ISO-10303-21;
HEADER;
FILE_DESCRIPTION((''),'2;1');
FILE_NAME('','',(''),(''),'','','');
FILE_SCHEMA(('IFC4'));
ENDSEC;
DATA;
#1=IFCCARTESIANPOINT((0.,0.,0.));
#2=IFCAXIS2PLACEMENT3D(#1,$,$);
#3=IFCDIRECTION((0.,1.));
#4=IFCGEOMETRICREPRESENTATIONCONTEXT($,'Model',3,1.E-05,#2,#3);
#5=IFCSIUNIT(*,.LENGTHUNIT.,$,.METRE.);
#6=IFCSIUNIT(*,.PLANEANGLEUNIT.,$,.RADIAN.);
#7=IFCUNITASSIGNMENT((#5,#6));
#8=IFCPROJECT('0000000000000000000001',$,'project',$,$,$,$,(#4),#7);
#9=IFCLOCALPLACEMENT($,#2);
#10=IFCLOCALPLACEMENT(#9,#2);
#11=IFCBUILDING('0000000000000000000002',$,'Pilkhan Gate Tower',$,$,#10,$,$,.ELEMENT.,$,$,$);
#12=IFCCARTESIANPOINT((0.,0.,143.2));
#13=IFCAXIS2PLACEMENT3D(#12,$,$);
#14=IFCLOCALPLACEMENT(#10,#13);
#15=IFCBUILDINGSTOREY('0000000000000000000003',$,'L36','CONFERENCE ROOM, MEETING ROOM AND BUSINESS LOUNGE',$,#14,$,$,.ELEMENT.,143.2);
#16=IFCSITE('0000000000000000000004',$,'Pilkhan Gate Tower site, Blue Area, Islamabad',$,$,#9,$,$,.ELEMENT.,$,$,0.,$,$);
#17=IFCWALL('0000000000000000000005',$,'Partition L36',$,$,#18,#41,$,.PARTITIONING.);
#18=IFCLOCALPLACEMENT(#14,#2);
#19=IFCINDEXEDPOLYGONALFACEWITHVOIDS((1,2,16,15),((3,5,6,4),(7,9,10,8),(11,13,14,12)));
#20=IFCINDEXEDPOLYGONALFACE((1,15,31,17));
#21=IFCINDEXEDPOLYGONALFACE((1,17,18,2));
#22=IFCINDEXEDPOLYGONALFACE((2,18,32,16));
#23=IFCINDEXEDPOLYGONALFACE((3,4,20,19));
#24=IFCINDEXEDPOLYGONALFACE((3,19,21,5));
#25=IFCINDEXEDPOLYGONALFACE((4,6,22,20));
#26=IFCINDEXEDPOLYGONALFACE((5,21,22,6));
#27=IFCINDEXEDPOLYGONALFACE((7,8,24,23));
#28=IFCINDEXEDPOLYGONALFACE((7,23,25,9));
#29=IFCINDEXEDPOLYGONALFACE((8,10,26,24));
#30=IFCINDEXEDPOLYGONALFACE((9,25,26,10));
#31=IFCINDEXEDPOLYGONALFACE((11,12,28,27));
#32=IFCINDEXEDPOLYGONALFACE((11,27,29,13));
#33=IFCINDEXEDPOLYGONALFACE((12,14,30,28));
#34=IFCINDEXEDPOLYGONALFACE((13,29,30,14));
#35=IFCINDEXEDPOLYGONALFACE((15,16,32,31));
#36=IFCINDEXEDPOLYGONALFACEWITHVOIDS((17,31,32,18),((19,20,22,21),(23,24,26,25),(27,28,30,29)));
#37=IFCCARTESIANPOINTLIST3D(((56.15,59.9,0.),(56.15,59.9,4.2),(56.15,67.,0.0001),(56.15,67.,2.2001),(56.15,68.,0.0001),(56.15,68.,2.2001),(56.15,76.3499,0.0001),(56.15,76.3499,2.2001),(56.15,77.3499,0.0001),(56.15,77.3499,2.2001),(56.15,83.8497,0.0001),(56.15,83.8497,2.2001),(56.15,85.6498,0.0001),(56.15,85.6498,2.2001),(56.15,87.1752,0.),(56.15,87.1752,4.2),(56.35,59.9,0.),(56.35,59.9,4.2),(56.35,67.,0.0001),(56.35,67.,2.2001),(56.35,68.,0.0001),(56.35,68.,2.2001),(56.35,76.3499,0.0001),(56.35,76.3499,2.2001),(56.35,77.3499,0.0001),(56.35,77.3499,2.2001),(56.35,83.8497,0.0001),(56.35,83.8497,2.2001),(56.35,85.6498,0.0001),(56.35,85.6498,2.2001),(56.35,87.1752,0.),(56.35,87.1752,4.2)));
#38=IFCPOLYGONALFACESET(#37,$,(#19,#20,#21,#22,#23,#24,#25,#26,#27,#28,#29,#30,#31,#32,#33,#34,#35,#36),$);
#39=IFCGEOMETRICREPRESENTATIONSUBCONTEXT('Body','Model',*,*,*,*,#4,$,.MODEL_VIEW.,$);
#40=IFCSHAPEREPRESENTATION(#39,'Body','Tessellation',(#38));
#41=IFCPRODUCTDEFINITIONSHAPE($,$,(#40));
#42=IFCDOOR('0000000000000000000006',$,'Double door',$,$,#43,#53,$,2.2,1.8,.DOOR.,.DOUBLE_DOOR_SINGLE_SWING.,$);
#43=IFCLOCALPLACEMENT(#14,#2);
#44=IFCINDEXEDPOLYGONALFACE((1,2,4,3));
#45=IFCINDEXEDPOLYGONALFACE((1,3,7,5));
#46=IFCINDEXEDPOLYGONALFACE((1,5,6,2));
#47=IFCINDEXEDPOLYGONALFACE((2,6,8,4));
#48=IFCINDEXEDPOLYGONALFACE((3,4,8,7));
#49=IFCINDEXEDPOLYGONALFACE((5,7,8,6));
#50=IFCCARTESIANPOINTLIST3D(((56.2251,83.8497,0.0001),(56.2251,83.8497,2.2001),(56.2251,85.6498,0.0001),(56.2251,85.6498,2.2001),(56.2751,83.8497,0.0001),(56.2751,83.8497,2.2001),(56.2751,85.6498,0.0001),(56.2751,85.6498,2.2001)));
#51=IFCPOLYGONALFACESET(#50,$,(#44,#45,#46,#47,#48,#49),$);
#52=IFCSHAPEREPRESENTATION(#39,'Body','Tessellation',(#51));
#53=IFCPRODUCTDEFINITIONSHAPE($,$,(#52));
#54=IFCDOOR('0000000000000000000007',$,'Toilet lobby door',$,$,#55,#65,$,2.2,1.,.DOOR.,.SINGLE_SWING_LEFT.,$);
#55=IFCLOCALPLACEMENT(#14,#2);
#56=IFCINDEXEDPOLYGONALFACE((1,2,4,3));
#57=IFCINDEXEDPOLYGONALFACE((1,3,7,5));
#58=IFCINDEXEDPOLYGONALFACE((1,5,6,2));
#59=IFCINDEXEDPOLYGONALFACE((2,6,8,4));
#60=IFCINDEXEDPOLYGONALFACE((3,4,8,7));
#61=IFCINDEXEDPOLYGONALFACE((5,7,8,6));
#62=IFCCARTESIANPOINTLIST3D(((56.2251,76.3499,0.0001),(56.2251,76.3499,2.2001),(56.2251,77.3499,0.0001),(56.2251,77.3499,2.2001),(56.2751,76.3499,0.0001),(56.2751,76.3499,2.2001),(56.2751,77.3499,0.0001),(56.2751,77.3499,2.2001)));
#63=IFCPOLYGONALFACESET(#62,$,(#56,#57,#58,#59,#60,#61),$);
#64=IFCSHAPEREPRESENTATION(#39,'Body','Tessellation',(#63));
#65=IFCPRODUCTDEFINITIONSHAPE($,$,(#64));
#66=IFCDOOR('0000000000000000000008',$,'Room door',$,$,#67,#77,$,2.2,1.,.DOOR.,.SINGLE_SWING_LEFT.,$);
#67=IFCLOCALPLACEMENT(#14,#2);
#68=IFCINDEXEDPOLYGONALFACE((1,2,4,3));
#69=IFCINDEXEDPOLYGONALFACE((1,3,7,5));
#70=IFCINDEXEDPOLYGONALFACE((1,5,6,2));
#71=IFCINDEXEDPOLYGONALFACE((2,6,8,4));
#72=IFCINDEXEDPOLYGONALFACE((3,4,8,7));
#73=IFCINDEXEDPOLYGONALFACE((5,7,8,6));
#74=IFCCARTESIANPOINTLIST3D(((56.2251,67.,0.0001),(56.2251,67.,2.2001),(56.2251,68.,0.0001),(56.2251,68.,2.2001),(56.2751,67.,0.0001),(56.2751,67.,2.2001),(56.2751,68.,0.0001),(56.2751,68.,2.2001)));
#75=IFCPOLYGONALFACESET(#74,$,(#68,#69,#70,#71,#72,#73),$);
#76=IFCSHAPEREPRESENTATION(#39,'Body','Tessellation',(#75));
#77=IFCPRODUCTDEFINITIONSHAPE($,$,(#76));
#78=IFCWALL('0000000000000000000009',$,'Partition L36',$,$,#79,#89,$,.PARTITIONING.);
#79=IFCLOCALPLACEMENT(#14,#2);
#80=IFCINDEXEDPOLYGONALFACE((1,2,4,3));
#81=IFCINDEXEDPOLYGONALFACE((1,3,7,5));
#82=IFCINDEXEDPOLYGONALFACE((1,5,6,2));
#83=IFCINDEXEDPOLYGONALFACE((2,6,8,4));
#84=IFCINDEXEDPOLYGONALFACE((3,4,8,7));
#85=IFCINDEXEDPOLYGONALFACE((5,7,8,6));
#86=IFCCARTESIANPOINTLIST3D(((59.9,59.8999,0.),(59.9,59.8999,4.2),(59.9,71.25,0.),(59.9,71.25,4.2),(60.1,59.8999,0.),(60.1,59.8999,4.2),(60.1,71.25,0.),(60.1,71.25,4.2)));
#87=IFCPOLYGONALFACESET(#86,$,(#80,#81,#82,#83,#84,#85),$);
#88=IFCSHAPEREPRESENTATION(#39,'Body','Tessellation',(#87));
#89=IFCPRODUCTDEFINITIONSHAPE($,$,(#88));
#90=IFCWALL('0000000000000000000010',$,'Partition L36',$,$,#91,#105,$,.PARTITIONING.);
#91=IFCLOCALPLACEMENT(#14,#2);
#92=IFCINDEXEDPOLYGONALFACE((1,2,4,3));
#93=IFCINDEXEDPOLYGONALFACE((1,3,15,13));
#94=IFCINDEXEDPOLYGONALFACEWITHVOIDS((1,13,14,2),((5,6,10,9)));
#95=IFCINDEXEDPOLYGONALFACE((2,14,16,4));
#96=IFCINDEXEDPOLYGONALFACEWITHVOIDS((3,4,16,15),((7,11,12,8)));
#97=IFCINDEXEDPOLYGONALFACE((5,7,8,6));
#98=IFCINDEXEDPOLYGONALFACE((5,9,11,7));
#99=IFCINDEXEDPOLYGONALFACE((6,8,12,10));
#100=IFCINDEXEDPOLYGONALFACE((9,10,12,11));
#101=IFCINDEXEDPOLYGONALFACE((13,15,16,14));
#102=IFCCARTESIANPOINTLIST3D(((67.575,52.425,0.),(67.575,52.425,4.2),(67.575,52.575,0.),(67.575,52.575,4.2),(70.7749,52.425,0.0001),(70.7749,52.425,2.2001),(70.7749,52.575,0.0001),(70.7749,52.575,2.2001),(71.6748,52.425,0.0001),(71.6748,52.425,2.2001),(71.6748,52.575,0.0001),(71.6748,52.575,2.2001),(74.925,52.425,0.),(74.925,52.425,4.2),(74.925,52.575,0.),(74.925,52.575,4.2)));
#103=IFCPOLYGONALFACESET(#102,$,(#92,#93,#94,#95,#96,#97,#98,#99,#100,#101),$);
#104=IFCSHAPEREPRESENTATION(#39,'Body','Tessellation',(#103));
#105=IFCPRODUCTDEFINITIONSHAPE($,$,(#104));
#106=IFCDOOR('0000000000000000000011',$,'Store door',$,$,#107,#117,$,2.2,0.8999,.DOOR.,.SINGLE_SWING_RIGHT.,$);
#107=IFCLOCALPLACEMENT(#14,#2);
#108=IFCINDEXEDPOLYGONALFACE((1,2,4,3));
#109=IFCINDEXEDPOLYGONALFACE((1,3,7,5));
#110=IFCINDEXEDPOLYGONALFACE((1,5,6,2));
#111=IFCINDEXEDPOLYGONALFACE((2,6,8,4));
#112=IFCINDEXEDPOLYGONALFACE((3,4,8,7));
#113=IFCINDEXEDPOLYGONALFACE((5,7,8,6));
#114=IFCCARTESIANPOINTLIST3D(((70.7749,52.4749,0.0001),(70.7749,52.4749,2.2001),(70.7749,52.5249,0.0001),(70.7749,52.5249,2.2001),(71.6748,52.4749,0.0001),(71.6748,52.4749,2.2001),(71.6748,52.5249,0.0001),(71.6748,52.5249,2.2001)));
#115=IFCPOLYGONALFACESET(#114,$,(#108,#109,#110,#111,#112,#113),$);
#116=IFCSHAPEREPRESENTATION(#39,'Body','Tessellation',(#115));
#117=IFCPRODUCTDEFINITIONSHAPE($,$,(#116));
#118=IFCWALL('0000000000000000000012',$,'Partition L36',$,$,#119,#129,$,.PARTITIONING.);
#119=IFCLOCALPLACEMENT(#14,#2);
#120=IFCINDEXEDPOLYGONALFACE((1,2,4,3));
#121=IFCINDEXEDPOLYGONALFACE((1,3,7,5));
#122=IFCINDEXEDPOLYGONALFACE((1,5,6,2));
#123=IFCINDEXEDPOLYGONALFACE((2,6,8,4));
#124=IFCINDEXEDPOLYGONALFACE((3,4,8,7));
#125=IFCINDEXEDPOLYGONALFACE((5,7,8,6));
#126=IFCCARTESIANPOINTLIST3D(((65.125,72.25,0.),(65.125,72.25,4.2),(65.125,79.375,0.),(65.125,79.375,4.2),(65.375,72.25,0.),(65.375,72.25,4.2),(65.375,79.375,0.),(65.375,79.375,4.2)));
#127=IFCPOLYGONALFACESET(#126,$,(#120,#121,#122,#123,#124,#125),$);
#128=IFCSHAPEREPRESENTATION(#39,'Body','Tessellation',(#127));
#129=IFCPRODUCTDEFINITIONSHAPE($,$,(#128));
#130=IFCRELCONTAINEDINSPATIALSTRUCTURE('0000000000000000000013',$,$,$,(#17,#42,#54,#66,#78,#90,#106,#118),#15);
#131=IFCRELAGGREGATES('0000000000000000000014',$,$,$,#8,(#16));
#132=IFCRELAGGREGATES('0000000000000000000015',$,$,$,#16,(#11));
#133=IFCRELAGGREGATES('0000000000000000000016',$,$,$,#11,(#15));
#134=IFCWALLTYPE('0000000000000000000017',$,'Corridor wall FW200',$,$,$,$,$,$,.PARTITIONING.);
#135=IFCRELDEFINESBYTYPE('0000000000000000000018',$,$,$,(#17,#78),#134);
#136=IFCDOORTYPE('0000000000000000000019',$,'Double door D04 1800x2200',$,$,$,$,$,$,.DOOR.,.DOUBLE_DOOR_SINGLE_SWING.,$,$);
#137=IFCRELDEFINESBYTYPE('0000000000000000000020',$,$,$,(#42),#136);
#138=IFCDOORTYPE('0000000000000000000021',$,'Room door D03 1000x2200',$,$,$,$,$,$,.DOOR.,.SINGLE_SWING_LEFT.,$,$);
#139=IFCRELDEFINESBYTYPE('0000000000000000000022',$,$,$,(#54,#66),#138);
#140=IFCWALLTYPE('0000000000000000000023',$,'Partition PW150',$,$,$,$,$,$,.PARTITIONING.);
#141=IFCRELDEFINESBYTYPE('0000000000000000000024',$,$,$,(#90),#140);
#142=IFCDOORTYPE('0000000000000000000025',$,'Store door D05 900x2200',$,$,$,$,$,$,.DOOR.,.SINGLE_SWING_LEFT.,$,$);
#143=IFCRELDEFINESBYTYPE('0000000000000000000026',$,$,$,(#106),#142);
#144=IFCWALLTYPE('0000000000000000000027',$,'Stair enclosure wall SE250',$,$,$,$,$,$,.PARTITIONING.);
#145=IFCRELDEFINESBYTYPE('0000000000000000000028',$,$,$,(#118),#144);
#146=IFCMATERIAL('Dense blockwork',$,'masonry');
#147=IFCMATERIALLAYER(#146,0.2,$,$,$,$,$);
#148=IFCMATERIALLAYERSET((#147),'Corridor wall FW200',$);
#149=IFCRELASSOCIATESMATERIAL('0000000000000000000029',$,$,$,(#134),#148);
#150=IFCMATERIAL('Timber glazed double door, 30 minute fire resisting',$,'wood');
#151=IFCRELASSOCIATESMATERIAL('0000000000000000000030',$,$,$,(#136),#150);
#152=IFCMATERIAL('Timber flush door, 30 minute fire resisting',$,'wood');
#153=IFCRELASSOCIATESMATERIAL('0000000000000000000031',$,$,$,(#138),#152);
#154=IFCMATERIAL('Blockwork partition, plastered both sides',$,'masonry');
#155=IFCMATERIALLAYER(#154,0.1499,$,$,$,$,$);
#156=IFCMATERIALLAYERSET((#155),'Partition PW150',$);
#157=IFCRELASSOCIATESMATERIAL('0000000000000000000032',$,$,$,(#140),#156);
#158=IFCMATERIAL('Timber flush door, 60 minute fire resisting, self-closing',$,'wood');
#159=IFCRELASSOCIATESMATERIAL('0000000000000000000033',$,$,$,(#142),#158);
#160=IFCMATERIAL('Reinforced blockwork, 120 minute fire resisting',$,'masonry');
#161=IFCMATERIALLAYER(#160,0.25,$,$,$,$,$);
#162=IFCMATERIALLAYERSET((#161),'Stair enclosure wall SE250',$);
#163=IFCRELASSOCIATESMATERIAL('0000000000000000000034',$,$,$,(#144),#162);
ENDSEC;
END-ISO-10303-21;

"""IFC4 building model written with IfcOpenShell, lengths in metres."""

from ifc_helpers import new_model, si_unit, direction, frame, frame_2d, origin, place, context, subcontext, project, spatial, rectangle, extrude, material, layer, layer_set, type_object, element, fill, save


model = new_model("IFC4")

# Units and contexts
model_context = context("Model", 3, precision=1e-05, world=origin(), true_north=direction((0.0, 1.0)))
body_context = subcontext(model_context, "Body", "Model", "MODEL_VIEW")
ifc_project = project(units=[si_unit("LENGTHUNIT", "METRE"), si_unit("PLANEANGLEUNIT", "RADIAN")], contexts=[model_context])

# Site, building, storey
site_placement = place(None, origin())
site = spatial("IfcSite", under=ifc_project, at=site_placement, Name="Pilkhan Gate Tower site, Blue Area, Islamabad", CompositionType="ELEMENT", RefElevation=0.0)
building_placement = place(site_placement, origin())
building = spatial("IfcBuilding", under=site, at=building_placement, Name="Pilkhan Gate Tower", CompositionType="ELEMENT")
storey_placement = place(building_placement, frame((0.0, 0.0, 143.2)))
storey = spatial("IfcBuildingStorey", under=building, at=storey_placement, Name="L36", Description="CONFERENCE ROOM, MEETING ROOM AND BUSINESS LOUNGE", CompositionType="ELEMENT", Elevation=143.2)

# Shared definitions
ifc_material_1 = material(Name="Dense blockwork", Category="masonry")
ifc_layer_1 = layer(ifc_material_1, 0.2)
ifc_layer_set_1 = layer_set([ifc_layer_1], Name="Corridor wall FW200")
wall_type_1 = type_object("IfcWallType", Name="Corridor wall FW200", PredefinedType="PARTITIONING", material=ifc_layer_set_1)
ifc_material_2 = material(Name="Timber glazed double door, 30 minute fire resisting", Category="wood")
door_type_1 = type_object("IfcDoorType", Name="Double door D04 1800x2200", OperationType="DOUBLE_DOOR_SINGLE_SWING", PredefinedType="DOOR", material=ifc_material_2)

# Wall, openings, doors
wall_1_placement = place(storey_placement, frame((56.25, 59.8999, 0.0), z_axis=(0.0, 0.0, 1.0), x_axis=(0.0, 1.0, 0.0)))
wall_1 = element("IfcWall", 1, at=wall_1_placement, inside=storey, type_object=wall_type_1, Name="Partition L36", PredefinedType="PARTITIONING", context=body_context, shape_type="SweptSolid", body=[
    extrude(rectangle(XDim=27.2751, YDim=0.2, at=frame_2d((13.6377, 0.0))), origin(), (0.0, 0.0, 1.0), 4.2),
])
opening_1_placement = place(wall_1_placement, frame((16.45, 0.0, 0.0)))
opening_1 = element("IfcOpeningElement", 2, at=opening_1_placement, cuts=wall_1, PredefinedType="OPENING", context=body_context, shape_type="SweptSolid", body=[
    extrude(rectangle(XDim=1.0, YDim=2.2, at=frame_2d((0.5, 1.1001))), frame((0.0, 0.1099, 0.0), z_axis=(0.0, -1.0, 0.0), x_axis=(1.0, 0.0, 0.0)), (0.0, 0.0, 1.0), 0.22),
])
opening_2_placement = place(wall_1_placement, frame((7.1001, 0.0, 0.0)))
opening_2 = element("IfcOpeningElement", 3, at=opening_2_placement, cuts=wall_1, PredefinedType="OPENING", context=body_context, shape_type="SweptSolid", body=[
    extrude(rectangle(XDim=1.0, YDim=2.2, at=frame_2d((0.5, 1.1001))), frame((0.0, 0.1099, 0.0), z_axis=(0.0, -1.0, 0.0), x_axis=(1.0, 0.0, 0.0)), (0.0, 0.0, 1.0), 0.22),
])
opening_3_placement = place(wall_1_placement, frame((23.95, 0.0, 0.0)))
opening_3 = element("IfcOpeningElement", 4, at=opening_3_placement, cuts=wall_1, PredefinedType="OPENING", context=body_context, shape_type="SweptSolid", body=[
    extrude(rectangle(XDim=1.8, YDim=2.2, at=frame_2d((0.8999, 1.1001))), frame((0.0, 0.1099, 0.0), z_axis=(0.0, -1.0, 0.0), x_axis=(1.0, 0.0, 0.0)), (0.0, 0.0, 1.0), 0.22),
])
door_1_placement = place(opening_3_placement, origin())
door_1 = element("IfcDoor", 5, at=door_1_placement, inside=storey, type_object=door_type_1, Name="Double door", OperationType="DOUBLE_DOOR_SINGLE_SWING", OverallHeight=2.2, OverallWidth=1.8, PredefinedType="DOOR", context=body_context, shape_type="SweptSolid", body=[
    extrude(rectangle(XDim=1.8, YDim=2.2, at=frame_2d((0.8999, 1.1001))), frame((0.0, 0.0249, 0.0), z_axis=(0.0, -1.0, 0.0), x_axis=(1.0, 0.0, 0.0)), (0.0, 0.0, 1.0), 0.05),
])
fill(opening_3, door_1)
ifc_material_3 = material(Name="Timber flush door, 30 minute fire resisting", Category="wood")
door_type_2 = type_object("IfcDoorType", Name="Room door D03 1000x2200", OperationType="SINGLE_SWING_LEFT", PredefinedType="DOOR", material=ifc_material_3)
door_2_placement = place(opening_1_placement, origin())
door_2 = element("IfcDoor", 6, at=door_2_placement, inside=storey, type_object=door_type_2, Name="Toilet lobby door", OperationType="SINGLE_SWING_LEFT", OverallHeight=2.2, OverallWidth=1.0, PredefinedType="DOOR", context=body_context, shape_type="SweptSolid", body=[
    extrude(rectangle(XDim=1.0, YDim=2.2, at=frame_2d((0.5, 1.1001))), frame((0.0, 0.0249, 0.0), z_axis=(0.0, -1.0, 0.0), x_axis=(1.0, 0.0, 0.0)), (0.0, 0.0, 1.0), 0.05),
])
fill(opening_1, door_2)
door_3_placement = place(opening_2_placement, origin())
door_3 = element("IfcDoor", 7, at=door_3_placement, inside=storey, type_object=door_type_2, Name="Room door", OperationType="SINGLE_SWING_LEFT", OverallHeight=2.2, OverallWidth=1.0, PredefinedType="DOOR", context=body_context, shape_type="SweptSolid", body=[
    extrude(rectangle(XDim=1.0, YDim=2.2, at=frame_2d((0.5, 1.1001))), frame((0.0, 0.0249, 0.0), z_axis=(0.0, -1.0, 0.0), x_axis=(1.0, 0.0, 0.0)), (0.0, 0.0, 1.0), 0.05),
])
fill(opening_2, door_3)

# Wall
wall_2_placement = place(storey_placement, frame((60.0, 59.8999, 0.0), z_axis=(0.0, 0.0, 1.0), x_axis=(0.0, 1.0, 0.0)))
element("IfcWall", 8, at=wall_2_placement, inside=storey, type_object=wall_type_1, Name="Partition L36", PredefinedType="PARTITIONING", context=body_context, shape_type="SweptSolid", body=[
    extrude(rectangle(XDim=11.3501, YDim=0.2, at=frame_2d((5.675, 0.0))), origin(), (0.0, 0.0, 1.0), 4.2),
])

# Wall, opening, door
ifc_material_4 = material(Name="Blockwork partition, plastered both sides", Category="masonry")
ifc_layer_2 = layer(ifc_material_4, 0.1499)
ifc_layer_set_2 = layer_set([ifc_layer_2], Name="Partition PW150")
wall_type_2 = type_object("IfcWallType", Name="Partition PW150", PredefinedType="PARTITIONING", material=ifc_layer_set_2)
wall_3_placement = place(storey_placement, frame((67.575, 52.5, 0.0), z_axis=(0.0, 0.0, 1.0), x_axis=(1.0, 0.0, 0.0)))
wall_3 = element("IfcWall", 9, at=wall_3_placement, inside=storey, type_object=wall_type_2, Name="Partition L36", PredefinedType="PARTITIONING", context=body_context, shape_type="SweptSolid", body=[
    extrude(rectangle(XDim=7.3501, YDim=0.1499, at=frame_2d((3.675, 0.0))), origin(), (0.0, 0.0, 1.0), 4.2),
])
opening_4_placement = place(wall_3_placement, frame((3.2, 0.0, 0.0)))
opening_4 = element("IfcOpeningElement", 10, at=opening_4_placement, cuts=wall_3, PredefinedType="OPENING", context=body_context, shape_type="SweptSolid", body=[
    extrude(rectangle(XDim=0.8999, YDim=2.2, at=frame_2d((0.45, 1.1001))), frame((0.0, 0.085, 0.0), z_axis=(0.0, -1.0, 0.0), x_axis=(1.0, 0.0, 0.0)), (0.0, 0.0, 1.0), 0.1699),
])
ifc_material_5 = material(Name="Timber flush door, 60 minute fire resisting, self-closing", Category="wood")
door_type_3 = type_object("IfcDoorType", Name="Store door D05 900x2200", OperationType="SINGLE_SWING_LEFT", PredefinedType="DOOR", material=ifc_material_5)
door_4_placement = place(opening_4_placement, origin())
door_4 = element("IfcDoor", 11, at=door_4_placement, inside=storey, type_object=door_type_3, Name="Store door", OperationType="SINGLE_SWING_RIGHT", OverallHeight=2.2, OverallWidth=0.8999, PredefinedType="DOOR", context=body_context, shape_type="SweptSolid", body=[
    extrude(rectangle(XDim=0.8999, YDim=2.2, at=frame_2d((0.45, 1.1001))), frame((0.0, 0.0249, 0.0), z_axis=(0.0, -1.0, 0.0), x_axis=(1.0, 0.0, 0.0)), (0.0, 0.0, 1.0), 0.05),
])
fill(opening_4, door_4)

# Wall
ifc_material_6 = material(Name="Reinforced blockwork, 120 minute fire resisting", Category="masonry")
ifc_layer_3 = layer(ifc_material_6, 0.25)
ifc_layer_set_3 = layer_set([ifc_layer_3], Name="Stair enclosure wall SE250")
wall_type_3 = type_object("IfcWallType", Name="Stair enclosure wall SE250", PredefinedType="PARTITIONING", material=ifc_layer_set_3)
wall_4_placement = place(storey_placement, frame((65.25, 72.25, 0.0), z_axis=(0.0, 0.0, 1.0), x_axis=(0.0, 1.0, 0.0)))
element("IfcWall", 12, at=wall_4_placement, inside=storey, type_object=wall_type_3, Name="Partition L36", PredefinedType="PARTITIONING", context=body_context, shape_type="SweptSolid", body=[
    extrude(rectangle(XDim=7.125, YDim=0.25, at=frame_2d((3.5625, 0.0))), origin(), (0.0, 0.0, 1.0), 4.2),
])

save(model, "model.ifc")
